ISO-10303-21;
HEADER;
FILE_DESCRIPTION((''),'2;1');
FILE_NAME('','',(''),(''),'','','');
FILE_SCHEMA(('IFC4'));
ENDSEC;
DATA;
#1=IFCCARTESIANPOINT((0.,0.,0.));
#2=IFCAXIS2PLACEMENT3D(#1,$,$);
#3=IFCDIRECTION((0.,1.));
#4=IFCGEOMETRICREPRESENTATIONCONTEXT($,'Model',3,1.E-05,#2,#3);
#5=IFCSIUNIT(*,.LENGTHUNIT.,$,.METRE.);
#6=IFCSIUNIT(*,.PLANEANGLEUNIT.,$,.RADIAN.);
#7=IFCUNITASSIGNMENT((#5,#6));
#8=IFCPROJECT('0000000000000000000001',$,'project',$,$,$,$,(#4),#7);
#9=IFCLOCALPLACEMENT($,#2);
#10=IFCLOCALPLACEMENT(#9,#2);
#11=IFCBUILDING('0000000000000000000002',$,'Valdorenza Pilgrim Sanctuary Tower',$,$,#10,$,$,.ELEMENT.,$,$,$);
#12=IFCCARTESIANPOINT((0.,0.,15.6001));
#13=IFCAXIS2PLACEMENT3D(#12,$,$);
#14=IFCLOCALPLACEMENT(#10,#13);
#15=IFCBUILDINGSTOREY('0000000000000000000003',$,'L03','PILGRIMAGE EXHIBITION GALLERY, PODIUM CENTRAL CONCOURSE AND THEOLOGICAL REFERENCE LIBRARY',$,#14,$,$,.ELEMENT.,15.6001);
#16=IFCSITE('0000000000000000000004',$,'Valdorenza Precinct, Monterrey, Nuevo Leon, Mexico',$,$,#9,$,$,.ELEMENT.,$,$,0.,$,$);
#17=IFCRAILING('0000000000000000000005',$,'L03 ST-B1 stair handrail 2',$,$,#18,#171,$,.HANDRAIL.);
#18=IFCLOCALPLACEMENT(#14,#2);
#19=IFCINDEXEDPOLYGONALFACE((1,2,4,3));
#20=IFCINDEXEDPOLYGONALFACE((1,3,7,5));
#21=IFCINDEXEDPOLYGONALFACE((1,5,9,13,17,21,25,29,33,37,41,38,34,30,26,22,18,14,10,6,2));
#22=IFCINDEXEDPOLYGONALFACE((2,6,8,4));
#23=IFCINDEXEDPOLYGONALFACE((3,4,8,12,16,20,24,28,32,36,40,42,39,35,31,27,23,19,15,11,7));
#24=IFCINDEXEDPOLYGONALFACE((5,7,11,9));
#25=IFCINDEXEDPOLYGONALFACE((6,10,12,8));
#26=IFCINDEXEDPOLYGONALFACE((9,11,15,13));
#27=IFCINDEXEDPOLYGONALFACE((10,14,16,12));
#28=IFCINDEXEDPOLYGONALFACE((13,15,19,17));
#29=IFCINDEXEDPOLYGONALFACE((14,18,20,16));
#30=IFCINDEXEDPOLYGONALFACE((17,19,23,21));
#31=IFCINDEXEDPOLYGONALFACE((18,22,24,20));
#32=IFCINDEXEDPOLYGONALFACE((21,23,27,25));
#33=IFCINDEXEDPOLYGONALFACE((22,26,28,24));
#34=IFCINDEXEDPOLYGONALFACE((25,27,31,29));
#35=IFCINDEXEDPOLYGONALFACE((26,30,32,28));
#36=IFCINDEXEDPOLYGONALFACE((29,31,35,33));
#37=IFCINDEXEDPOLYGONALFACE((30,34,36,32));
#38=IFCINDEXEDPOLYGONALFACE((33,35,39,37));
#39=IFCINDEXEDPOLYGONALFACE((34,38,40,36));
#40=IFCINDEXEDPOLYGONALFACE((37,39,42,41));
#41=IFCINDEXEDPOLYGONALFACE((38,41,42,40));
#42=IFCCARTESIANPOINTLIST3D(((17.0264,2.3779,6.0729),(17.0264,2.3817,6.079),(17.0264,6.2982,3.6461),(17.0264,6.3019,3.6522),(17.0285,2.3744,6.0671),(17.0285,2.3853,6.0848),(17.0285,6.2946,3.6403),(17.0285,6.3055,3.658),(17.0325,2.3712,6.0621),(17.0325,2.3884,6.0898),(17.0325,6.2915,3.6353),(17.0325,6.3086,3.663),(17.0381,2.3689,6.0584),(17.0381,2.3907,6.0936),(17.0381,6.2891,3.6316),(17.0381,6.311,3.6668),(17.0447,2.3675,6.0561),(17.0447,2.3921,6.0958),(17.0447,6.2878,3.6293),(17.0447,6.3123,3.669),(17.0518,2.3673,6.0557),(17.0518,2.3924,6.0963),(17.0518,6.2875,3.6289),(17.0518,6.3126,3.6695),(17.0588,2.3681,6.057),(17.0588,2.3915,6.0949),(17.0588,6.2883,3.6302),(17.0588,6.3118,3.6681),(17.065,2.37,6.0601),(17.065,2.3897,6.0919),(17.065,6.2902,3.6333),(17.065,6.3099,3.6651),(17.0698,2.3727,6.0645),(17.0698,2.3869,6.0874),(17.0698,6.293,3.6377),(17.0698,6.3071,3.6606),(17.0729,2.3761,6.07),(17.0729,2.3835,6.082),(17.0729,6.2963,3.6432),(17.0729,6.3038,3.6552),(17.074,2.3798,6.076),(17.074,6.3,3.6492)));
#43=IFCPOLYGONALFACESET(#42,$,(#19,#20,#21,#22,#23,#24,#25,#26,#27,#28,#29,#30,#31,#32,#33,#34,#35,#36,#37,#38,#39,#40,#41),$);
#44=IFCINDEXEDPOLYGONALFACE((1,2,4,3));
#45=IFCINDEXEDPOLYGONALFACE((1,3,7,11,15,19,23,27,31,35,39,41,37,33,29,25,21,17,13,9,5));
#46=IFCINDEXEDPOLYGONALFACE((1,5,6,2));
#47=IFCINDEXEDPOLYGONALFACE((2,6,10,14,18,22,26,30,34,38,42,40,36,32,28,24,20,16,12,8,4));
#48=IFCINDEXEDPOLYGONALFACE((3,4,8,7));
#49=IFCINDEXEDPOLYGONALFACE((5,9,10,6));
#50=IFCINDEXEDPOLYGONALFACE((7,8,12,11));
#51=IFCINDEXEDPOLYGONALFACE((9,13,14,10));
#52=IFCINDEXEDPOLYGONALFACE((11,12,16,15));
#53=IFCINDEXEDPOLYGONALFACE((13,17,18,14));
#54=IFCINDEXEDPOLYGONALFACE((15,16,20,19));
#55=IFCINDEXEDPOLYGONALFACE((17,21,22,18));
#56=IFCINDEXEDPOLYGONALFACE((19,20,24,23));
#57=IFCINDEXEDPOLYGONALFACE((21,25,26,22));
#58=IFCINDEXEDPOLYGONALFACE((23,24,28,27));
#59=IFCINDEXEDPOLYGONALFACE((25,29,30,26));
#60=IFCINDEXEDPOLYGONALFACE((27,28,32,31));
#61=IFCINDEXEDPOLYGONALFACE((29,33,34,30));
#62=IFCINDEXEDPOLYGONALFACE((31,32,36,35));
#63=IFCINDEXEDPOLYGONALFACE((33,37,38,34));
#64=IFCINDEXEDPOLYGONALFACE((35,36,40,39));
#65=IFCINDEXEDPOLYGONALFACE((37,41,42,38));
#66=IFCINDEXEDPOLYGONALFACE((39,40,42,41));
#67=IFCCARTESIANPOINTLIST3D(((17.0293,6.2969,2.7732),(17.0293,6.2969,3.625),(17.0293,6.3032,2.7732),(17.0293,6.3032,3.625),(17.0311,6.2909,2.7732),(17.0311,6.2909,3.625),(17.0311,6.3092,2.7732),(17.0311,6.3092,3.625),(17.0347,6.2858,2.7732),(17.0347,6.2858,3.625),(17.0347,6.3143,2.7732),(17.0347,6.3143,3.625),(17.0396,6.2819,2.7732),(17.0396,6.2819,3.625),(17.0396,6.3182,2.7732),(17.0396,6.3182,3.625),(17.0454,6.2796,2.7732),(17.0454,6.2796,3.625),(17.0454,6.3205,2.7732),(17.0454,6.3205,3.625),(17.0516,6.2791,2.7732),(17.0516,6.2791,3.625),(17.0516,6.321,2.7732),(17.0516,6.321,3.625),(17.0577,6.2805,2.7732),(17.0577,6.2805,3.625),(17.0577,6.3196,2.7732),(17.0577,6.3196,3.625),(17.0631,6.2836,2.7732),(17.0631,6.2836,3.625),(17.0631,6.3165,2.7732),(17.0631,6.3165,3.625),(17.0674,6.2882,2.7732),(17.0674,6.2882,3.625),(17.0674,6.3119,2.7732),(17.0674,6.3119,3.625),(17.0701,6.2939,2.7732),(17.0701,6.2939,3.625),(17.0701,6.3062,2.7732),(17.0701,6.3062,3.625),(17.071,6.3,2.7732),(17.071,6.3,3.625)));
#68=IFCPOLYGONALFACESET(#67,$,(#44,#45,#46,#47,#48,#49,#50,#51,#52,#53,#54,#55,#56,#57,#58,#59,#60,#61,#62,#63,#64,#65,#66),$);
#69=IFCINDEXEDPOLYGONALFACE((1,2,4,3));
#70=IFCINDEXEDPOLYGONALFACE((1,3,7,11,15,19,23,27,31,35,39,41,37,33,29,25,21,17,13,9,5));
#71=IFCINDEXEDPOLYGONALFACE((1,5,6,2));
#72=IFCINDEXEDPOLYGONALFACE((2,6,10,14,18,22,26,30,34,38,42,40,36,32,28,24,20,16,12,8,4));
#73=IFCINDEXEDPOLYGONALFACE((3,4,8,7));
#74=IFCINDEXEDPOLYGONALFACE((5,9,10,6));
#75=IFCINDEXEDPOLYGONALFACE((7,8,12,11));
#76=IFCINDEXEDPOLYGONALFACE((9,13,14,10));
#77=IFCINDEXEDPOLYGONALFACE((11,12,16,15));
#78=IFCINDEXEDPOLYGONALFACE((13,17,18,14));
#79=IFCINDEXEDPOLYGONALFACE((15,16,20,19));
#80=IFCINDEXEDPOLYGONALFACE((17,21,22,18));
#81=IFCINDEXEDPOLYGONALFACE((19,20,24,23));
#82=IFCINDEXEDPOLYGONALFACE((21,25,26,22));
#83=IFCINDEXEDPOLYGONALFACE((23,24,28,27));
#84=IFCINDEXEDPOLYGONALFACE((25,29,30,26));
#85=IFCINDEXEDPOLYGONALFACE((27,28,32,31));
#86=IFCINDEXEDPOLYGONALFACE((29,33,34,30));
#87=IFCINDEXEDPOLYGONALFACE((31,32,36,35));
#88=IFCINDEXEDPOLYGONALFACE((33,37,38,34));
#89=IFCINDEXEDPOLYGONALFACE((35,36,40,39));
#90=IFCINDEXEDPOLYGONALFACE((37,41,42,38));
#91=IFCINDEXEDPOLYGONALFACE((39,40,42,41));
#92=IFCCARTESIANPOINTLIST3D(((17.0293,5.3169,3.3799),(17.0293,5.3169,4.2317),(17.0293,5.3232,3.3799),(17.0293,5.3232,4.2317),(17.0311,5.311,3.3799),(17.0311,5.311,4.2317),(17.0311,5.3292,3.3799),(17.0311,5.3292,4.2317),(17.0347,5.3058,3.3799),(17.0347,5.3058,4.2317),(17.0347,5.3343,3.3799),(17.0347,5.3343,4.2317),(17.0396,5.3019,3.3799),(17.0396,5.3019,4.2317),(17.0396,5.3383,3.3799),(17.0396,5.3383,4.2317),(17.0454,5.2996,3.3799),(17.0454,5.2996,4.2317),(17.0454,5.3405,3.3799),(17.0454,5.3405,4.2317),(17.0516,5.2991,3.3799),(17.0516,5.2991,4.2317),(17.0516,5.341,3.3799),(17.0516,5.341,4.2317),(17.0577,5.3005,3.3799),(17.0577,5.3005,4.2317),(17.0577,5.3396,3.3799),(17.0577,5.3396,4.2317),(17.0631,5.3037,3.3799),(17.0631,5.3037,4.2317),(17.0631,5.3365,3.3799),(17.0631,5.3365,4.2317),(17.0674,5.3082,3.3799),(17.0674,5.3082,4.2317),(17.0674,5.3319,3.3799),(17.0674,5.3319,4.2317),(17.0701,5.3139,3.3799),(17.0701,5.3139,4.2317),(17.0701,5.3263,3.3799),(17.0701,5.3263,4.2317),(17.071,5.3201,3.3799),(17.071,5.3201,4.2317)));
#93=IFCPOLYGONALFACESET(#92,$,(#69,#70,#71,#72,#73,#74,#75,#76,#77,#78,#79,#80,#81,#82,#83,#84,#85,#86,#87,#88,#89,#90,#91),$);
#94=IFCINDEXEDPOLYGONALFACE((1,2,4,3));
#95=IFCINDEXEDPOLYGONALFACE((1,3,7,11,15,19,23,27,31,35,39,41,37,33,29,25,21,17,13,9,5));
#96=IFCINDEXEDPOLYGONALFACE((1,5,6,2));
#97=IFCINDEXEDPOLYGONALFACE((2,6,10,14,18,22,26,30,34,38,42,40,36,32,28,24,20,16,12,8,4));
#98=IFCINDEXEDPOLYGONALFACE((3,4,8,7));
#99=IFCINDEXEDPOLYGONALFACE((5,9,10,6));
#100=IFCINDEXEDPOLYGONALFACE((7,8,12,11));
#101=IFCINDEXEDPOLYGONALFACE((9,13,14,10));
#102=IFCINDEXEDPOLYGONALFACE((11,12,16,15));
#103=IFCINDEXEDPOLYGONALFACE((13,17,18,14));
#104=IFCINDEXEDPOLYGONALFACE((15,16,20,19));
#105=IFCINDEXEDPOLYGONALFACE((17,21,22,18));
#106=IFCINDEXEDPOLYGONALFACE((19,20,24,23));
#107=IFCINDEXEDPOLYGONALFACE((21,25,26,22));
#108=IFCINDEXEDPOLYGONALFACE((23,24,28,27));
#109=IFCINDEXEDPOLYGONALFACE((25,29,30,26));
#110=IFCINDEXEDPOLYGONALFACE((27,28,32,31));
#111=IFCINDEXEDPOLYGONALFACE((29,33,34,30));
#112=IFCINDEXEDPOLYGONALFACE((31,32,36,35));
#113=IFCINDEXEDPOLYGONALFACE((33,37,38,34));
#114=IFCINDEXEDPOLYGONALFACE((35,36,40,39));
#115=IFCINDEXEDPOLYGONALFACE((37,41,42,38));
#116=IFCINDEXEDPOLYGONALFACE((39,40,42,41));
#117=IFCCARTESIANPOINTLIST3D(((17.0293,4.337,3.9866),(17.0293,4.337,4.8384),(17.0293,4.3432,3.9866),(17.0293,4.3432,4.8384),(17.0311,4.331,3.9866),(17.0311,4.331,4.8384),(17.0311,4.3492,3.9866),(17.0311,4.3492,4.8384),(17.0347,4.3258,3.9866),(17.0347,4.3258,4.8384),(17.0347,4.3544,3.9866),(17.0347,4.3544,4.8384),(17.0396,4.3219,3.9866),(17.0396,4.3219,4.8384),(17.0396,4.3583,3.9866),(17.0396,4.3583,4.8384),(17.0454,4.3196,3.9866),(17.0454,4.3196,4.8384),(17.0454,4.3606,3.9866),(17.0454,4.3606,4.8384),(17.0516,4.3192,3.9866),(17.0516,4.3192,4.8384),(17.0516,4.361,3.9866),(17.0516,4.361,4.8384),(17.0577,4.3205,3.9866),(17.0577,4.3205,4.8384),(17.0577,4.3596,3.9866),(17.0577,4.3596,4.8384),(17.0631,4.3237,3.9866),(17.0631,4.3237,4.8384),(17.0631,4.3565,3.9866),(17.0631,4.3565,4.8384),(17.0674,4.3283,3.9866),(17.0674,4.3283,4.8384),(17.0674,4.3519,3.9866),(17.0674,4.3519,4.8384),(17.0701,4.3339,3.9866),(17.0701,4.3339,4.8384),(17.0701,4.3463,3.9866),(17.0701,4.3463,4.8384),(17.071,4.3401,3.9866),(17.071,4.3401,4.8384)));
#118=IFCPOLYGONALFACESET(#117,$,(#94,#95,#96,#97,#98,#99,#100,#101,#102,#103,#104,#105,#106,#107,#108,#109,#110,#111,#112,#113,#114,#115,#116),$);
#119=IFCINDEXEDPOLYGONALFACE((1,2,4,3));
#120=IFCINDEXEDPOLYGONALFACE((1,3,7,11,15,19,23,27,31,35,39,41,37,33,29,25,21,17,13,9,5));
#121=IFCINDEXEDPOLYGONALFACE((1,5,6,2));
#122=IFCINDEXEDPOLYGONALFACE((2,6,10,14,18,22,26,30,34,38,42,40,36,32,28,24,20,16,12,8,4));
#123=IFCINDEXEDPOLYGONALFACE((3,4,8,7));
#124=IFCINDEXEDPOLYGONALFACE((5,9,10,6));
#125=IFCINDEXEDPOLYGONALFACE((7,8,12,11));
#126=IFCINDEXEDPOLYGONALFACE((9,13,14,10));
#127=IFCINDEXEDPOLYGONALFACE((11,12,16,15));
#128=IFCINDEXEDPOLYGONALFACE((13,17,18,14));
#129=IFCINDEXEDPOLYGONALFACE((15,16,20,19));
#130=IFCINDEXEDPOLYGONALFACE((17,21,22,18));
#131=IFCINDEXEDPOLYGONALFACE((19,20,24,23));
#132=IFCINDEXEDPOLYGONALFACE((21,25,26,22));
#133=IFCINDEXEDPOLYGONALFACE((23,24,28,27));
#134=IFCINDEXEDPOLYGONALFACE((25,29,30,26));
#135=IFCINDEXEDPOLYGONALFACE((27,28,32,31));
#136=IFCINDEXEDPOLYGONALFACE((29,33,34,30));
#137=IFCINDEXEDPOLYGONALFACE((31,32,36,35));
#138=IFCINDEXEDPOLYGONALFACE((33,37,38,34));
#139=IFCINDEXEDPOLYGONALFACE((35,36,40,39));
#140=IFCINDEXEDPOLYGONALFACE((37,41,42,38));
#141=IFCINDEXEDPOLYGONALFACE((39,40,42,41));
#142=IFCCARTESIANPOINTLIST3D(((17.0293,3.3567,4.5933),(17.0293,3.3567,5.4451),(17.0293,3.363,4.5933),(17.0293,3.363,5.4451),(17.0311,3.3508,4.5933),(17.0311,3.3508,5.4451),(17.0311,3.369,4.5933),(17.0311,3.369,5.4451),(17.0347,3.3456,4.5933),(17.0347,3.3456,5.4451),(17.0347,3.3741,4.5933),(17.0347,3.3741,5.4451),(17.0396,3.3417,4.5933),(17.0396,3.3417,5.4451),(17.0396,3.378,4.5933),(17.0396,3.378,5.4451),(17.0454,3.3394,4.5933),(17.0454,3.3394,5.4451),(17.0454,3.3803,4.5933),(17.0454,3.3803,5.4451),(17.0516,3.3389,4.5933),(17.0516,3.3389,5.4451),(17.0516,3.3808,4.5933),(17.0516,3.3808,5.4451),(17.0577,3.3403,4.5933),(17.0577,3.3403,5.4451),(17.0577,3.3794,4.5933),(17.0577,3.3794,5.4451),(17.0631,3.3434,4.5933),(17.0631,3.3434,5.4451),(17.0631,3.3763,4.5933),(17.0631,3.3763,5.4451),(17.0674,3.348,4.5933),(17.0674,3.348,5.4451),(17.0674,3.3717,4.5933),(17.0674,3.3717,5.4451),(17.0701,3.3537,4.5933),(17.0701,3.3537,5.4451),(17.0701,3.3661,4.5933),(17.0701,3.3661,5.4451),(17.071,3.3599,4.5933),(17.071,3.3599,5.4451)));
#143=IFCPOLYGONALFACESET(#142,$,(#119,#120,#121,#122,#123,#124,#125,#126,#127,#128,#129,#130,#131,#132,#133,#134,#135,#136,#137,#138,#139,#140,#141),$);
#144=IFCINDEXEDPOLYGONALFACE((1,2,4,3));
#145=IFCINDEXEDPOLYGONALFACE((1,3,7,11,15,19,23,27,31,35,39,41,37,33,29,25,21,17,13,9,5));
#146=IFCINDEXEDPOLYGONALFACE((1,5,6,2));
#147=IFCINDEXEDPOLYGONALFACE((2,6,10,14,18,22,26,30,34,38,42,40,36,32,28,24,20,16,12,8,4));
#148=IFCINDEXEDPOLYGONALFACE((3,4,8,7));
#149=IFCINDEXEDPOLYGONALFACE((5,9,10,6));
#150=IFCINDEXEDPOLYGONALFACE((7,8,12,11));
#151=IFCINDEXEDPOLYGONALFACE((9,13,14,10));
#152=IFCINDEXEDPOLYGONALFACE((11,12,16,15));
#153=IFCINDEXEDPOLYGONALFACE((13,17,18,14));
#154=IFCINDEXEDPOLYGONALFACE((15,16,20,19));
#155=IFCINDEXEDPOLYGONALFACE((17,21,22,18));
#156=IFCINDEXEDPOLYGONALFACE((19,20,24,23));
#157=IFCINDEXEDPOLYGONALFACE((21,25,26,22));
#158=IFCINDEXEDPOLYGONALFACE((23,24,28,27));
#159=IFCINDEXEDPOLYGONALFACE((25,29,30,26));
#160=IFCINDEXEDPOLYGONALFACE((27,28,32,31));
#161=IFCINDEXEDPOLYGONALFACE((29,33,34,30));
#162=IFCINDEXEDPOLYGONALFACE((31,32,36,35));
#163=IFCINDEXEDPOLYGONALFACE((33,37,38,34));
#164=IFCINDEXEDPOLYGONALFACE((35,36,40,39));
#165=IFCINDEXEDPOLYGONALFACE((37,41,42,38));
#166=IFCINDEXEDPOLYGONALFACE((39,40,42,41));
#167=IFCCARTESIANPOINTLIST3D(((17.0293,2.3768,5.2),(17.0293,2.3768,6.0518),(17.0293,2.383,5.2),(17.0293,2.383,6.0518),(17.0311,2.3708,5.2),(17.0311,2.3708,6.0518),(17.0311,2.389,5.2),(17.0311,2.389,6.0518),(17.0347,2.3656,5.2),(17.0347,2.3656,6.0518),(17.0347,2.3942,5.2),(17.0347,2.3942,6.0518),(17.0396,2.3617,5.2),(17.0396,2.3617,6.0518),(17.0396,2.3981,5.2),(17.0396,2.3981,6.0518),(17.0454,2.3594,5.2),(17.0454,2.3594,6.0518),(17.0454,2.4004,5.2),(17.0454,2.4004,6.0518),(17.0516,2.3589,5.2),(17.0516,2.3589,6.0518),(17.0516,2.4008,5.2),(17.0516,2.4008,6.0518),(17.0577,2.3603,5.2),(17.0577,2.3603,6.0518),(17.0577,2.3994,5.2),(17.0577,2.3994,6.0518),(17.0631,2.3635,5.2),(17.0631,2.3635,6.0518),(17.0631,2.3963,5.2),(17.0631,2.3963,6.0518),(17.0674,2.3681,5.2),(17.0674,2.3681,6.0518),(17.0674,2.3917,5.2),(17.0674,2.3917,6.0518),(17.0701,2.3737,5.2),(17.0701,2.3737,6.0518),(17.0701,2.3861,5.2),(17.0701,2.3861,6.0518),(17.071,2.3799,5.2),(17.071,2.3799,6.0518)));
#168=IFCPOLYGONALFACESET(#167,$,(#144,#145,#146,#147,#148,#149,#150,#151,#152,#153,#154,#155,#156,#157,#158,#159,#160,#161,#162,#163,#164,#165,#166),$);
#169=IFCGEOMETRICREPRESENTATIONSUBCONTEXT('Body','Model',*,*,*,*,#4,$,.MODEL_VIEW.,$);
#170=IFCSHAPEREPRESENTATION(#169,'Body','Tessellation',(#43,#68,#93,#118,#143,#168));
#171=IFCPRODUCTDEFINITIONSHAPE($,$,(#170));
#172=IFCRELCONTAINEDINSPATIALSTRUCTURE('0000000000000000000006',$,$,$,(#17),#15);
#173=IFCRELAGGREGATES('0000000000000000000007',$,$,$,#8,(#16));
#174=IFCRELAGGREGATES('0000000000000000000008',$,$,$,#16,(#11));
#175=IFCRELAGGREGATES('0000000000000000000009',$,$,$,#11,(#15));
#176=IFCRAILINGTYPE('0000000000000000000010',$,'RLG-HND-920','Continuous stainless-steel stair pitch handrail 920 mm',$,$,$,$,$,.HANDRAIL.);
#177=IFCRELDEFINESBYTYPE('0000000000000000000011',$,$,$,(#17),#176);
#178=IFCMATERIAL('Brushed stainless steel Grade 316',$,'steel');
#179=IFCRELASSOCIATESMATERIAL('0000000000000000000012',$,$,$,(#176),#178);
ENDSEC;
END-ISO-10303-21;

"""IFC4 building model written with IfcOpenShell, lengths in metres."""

from ifc_helpers import new_model, si_unit, direction, frame, origin, origin_2d, place, context, subcontext, project, spatial, circle, extrude, material, type_object, element, save


model = new_model("IFC4")

# Units and contexts
model_context = context("Model", 3, precision=1e-05, world=origin(), true_north=direction((0.0, 1.0)))
body_context = subcontext(model_context, "Body", "Model", "MODEL_VIEW")
ifc_project = project(units=[si_unit("LENGTHUNIT", "METRE"), si_unit("PLANEANGLEUNIT", "RADIAN")], contexts=[model_context])

# Site, building, storey
site_placement = place(None, origin())
site = spatial("IfcSite", under=ifc_project, at=site_placement, Name="Valdorenza Precinct, Monterrey, Nuevo Leon, Mexico", CompositionType="ELEMENT", RefElevation=0.0)
building_placement = place(site_placement, origin())
building = spatial("IfcBuilding", under=site, at=building_placement, Name="Valdorenza Pilgrim Sanctuary Tower", CompositionType="ELEMENT")
storey_placement = place(building_placement, frame((0.0, 0.0, 15.6001)))
storey = spatial("IfcBuildingStorey", under=building, at=storey_placement, Name="L03", Description="PILGRIMAGE EXHIBITION GALLERY, PODIUM CENTRAL CONCOURSE AND THEOLOGICAL REFERENCE LIBRARY", CompositionType="ELEMENT", Elevation=15.6001)

# Railing
ifc_material_1 = material(Name="Brushed stainless steel Grade 316", Category="steel")
railing_type_1 = type_object("IfcRailingType", Name="RLG-HND-920", Description="Continuous stainless-steel stair pitch handrail 920 mm", PredefinedType="HANDRAIL", material=ifc_material_1)
railing_1_placement = place(storey_placement, frame((17.05, 6.3, 2.7732)))
element("IfcRailing", 1, at=railing_1_placement, inside=storey, type_object=railing_type_1, Name="L03 ST-B1 stair handrail 2", PredefinedType="HANDRAIL", context=body_context, shape_type="SweptSolid", body=[
    extrude(circle(Radius=0.0239, at=origin_2d()), frame((0.0, 0.0, 0.876), z_axis=(0.0, -0.850266, 0.526353), x_axis=(1.0, 0.0, 0.0)), (0.0, 0.0, 1.0), 4.6106),
    extrude(circle(Radius=0.021, at=origin_2d()), origin(), (0.0, 0.0, 1.0), 0.8518),
    extrude(circle(Radius=0.021, at=origin_2d()), frame((0.0, -0.98, 0.6067)), (0.0, 0.0, 1.0), 0.8518),
    extrude(circle(Radius=0.021, at=origin_2d()), frame((0.0, -1.96, 1.2134)), (0.0, 0.0, 1.0), 0.8518),
    extrude(circle(Radius=0.021, at=origin_2d()), frame((0.0, -2.9402, 1.8201)), (0.0, 0.0, 1.0), 0.8518),
    extrude(circle(Radius=0.021, at=origin_2d()), frame((0.0, -3.9202, 2.4268)), (0.0, 0.0, 1.0), 0.8518),
])

save(model, "model.ifc")
